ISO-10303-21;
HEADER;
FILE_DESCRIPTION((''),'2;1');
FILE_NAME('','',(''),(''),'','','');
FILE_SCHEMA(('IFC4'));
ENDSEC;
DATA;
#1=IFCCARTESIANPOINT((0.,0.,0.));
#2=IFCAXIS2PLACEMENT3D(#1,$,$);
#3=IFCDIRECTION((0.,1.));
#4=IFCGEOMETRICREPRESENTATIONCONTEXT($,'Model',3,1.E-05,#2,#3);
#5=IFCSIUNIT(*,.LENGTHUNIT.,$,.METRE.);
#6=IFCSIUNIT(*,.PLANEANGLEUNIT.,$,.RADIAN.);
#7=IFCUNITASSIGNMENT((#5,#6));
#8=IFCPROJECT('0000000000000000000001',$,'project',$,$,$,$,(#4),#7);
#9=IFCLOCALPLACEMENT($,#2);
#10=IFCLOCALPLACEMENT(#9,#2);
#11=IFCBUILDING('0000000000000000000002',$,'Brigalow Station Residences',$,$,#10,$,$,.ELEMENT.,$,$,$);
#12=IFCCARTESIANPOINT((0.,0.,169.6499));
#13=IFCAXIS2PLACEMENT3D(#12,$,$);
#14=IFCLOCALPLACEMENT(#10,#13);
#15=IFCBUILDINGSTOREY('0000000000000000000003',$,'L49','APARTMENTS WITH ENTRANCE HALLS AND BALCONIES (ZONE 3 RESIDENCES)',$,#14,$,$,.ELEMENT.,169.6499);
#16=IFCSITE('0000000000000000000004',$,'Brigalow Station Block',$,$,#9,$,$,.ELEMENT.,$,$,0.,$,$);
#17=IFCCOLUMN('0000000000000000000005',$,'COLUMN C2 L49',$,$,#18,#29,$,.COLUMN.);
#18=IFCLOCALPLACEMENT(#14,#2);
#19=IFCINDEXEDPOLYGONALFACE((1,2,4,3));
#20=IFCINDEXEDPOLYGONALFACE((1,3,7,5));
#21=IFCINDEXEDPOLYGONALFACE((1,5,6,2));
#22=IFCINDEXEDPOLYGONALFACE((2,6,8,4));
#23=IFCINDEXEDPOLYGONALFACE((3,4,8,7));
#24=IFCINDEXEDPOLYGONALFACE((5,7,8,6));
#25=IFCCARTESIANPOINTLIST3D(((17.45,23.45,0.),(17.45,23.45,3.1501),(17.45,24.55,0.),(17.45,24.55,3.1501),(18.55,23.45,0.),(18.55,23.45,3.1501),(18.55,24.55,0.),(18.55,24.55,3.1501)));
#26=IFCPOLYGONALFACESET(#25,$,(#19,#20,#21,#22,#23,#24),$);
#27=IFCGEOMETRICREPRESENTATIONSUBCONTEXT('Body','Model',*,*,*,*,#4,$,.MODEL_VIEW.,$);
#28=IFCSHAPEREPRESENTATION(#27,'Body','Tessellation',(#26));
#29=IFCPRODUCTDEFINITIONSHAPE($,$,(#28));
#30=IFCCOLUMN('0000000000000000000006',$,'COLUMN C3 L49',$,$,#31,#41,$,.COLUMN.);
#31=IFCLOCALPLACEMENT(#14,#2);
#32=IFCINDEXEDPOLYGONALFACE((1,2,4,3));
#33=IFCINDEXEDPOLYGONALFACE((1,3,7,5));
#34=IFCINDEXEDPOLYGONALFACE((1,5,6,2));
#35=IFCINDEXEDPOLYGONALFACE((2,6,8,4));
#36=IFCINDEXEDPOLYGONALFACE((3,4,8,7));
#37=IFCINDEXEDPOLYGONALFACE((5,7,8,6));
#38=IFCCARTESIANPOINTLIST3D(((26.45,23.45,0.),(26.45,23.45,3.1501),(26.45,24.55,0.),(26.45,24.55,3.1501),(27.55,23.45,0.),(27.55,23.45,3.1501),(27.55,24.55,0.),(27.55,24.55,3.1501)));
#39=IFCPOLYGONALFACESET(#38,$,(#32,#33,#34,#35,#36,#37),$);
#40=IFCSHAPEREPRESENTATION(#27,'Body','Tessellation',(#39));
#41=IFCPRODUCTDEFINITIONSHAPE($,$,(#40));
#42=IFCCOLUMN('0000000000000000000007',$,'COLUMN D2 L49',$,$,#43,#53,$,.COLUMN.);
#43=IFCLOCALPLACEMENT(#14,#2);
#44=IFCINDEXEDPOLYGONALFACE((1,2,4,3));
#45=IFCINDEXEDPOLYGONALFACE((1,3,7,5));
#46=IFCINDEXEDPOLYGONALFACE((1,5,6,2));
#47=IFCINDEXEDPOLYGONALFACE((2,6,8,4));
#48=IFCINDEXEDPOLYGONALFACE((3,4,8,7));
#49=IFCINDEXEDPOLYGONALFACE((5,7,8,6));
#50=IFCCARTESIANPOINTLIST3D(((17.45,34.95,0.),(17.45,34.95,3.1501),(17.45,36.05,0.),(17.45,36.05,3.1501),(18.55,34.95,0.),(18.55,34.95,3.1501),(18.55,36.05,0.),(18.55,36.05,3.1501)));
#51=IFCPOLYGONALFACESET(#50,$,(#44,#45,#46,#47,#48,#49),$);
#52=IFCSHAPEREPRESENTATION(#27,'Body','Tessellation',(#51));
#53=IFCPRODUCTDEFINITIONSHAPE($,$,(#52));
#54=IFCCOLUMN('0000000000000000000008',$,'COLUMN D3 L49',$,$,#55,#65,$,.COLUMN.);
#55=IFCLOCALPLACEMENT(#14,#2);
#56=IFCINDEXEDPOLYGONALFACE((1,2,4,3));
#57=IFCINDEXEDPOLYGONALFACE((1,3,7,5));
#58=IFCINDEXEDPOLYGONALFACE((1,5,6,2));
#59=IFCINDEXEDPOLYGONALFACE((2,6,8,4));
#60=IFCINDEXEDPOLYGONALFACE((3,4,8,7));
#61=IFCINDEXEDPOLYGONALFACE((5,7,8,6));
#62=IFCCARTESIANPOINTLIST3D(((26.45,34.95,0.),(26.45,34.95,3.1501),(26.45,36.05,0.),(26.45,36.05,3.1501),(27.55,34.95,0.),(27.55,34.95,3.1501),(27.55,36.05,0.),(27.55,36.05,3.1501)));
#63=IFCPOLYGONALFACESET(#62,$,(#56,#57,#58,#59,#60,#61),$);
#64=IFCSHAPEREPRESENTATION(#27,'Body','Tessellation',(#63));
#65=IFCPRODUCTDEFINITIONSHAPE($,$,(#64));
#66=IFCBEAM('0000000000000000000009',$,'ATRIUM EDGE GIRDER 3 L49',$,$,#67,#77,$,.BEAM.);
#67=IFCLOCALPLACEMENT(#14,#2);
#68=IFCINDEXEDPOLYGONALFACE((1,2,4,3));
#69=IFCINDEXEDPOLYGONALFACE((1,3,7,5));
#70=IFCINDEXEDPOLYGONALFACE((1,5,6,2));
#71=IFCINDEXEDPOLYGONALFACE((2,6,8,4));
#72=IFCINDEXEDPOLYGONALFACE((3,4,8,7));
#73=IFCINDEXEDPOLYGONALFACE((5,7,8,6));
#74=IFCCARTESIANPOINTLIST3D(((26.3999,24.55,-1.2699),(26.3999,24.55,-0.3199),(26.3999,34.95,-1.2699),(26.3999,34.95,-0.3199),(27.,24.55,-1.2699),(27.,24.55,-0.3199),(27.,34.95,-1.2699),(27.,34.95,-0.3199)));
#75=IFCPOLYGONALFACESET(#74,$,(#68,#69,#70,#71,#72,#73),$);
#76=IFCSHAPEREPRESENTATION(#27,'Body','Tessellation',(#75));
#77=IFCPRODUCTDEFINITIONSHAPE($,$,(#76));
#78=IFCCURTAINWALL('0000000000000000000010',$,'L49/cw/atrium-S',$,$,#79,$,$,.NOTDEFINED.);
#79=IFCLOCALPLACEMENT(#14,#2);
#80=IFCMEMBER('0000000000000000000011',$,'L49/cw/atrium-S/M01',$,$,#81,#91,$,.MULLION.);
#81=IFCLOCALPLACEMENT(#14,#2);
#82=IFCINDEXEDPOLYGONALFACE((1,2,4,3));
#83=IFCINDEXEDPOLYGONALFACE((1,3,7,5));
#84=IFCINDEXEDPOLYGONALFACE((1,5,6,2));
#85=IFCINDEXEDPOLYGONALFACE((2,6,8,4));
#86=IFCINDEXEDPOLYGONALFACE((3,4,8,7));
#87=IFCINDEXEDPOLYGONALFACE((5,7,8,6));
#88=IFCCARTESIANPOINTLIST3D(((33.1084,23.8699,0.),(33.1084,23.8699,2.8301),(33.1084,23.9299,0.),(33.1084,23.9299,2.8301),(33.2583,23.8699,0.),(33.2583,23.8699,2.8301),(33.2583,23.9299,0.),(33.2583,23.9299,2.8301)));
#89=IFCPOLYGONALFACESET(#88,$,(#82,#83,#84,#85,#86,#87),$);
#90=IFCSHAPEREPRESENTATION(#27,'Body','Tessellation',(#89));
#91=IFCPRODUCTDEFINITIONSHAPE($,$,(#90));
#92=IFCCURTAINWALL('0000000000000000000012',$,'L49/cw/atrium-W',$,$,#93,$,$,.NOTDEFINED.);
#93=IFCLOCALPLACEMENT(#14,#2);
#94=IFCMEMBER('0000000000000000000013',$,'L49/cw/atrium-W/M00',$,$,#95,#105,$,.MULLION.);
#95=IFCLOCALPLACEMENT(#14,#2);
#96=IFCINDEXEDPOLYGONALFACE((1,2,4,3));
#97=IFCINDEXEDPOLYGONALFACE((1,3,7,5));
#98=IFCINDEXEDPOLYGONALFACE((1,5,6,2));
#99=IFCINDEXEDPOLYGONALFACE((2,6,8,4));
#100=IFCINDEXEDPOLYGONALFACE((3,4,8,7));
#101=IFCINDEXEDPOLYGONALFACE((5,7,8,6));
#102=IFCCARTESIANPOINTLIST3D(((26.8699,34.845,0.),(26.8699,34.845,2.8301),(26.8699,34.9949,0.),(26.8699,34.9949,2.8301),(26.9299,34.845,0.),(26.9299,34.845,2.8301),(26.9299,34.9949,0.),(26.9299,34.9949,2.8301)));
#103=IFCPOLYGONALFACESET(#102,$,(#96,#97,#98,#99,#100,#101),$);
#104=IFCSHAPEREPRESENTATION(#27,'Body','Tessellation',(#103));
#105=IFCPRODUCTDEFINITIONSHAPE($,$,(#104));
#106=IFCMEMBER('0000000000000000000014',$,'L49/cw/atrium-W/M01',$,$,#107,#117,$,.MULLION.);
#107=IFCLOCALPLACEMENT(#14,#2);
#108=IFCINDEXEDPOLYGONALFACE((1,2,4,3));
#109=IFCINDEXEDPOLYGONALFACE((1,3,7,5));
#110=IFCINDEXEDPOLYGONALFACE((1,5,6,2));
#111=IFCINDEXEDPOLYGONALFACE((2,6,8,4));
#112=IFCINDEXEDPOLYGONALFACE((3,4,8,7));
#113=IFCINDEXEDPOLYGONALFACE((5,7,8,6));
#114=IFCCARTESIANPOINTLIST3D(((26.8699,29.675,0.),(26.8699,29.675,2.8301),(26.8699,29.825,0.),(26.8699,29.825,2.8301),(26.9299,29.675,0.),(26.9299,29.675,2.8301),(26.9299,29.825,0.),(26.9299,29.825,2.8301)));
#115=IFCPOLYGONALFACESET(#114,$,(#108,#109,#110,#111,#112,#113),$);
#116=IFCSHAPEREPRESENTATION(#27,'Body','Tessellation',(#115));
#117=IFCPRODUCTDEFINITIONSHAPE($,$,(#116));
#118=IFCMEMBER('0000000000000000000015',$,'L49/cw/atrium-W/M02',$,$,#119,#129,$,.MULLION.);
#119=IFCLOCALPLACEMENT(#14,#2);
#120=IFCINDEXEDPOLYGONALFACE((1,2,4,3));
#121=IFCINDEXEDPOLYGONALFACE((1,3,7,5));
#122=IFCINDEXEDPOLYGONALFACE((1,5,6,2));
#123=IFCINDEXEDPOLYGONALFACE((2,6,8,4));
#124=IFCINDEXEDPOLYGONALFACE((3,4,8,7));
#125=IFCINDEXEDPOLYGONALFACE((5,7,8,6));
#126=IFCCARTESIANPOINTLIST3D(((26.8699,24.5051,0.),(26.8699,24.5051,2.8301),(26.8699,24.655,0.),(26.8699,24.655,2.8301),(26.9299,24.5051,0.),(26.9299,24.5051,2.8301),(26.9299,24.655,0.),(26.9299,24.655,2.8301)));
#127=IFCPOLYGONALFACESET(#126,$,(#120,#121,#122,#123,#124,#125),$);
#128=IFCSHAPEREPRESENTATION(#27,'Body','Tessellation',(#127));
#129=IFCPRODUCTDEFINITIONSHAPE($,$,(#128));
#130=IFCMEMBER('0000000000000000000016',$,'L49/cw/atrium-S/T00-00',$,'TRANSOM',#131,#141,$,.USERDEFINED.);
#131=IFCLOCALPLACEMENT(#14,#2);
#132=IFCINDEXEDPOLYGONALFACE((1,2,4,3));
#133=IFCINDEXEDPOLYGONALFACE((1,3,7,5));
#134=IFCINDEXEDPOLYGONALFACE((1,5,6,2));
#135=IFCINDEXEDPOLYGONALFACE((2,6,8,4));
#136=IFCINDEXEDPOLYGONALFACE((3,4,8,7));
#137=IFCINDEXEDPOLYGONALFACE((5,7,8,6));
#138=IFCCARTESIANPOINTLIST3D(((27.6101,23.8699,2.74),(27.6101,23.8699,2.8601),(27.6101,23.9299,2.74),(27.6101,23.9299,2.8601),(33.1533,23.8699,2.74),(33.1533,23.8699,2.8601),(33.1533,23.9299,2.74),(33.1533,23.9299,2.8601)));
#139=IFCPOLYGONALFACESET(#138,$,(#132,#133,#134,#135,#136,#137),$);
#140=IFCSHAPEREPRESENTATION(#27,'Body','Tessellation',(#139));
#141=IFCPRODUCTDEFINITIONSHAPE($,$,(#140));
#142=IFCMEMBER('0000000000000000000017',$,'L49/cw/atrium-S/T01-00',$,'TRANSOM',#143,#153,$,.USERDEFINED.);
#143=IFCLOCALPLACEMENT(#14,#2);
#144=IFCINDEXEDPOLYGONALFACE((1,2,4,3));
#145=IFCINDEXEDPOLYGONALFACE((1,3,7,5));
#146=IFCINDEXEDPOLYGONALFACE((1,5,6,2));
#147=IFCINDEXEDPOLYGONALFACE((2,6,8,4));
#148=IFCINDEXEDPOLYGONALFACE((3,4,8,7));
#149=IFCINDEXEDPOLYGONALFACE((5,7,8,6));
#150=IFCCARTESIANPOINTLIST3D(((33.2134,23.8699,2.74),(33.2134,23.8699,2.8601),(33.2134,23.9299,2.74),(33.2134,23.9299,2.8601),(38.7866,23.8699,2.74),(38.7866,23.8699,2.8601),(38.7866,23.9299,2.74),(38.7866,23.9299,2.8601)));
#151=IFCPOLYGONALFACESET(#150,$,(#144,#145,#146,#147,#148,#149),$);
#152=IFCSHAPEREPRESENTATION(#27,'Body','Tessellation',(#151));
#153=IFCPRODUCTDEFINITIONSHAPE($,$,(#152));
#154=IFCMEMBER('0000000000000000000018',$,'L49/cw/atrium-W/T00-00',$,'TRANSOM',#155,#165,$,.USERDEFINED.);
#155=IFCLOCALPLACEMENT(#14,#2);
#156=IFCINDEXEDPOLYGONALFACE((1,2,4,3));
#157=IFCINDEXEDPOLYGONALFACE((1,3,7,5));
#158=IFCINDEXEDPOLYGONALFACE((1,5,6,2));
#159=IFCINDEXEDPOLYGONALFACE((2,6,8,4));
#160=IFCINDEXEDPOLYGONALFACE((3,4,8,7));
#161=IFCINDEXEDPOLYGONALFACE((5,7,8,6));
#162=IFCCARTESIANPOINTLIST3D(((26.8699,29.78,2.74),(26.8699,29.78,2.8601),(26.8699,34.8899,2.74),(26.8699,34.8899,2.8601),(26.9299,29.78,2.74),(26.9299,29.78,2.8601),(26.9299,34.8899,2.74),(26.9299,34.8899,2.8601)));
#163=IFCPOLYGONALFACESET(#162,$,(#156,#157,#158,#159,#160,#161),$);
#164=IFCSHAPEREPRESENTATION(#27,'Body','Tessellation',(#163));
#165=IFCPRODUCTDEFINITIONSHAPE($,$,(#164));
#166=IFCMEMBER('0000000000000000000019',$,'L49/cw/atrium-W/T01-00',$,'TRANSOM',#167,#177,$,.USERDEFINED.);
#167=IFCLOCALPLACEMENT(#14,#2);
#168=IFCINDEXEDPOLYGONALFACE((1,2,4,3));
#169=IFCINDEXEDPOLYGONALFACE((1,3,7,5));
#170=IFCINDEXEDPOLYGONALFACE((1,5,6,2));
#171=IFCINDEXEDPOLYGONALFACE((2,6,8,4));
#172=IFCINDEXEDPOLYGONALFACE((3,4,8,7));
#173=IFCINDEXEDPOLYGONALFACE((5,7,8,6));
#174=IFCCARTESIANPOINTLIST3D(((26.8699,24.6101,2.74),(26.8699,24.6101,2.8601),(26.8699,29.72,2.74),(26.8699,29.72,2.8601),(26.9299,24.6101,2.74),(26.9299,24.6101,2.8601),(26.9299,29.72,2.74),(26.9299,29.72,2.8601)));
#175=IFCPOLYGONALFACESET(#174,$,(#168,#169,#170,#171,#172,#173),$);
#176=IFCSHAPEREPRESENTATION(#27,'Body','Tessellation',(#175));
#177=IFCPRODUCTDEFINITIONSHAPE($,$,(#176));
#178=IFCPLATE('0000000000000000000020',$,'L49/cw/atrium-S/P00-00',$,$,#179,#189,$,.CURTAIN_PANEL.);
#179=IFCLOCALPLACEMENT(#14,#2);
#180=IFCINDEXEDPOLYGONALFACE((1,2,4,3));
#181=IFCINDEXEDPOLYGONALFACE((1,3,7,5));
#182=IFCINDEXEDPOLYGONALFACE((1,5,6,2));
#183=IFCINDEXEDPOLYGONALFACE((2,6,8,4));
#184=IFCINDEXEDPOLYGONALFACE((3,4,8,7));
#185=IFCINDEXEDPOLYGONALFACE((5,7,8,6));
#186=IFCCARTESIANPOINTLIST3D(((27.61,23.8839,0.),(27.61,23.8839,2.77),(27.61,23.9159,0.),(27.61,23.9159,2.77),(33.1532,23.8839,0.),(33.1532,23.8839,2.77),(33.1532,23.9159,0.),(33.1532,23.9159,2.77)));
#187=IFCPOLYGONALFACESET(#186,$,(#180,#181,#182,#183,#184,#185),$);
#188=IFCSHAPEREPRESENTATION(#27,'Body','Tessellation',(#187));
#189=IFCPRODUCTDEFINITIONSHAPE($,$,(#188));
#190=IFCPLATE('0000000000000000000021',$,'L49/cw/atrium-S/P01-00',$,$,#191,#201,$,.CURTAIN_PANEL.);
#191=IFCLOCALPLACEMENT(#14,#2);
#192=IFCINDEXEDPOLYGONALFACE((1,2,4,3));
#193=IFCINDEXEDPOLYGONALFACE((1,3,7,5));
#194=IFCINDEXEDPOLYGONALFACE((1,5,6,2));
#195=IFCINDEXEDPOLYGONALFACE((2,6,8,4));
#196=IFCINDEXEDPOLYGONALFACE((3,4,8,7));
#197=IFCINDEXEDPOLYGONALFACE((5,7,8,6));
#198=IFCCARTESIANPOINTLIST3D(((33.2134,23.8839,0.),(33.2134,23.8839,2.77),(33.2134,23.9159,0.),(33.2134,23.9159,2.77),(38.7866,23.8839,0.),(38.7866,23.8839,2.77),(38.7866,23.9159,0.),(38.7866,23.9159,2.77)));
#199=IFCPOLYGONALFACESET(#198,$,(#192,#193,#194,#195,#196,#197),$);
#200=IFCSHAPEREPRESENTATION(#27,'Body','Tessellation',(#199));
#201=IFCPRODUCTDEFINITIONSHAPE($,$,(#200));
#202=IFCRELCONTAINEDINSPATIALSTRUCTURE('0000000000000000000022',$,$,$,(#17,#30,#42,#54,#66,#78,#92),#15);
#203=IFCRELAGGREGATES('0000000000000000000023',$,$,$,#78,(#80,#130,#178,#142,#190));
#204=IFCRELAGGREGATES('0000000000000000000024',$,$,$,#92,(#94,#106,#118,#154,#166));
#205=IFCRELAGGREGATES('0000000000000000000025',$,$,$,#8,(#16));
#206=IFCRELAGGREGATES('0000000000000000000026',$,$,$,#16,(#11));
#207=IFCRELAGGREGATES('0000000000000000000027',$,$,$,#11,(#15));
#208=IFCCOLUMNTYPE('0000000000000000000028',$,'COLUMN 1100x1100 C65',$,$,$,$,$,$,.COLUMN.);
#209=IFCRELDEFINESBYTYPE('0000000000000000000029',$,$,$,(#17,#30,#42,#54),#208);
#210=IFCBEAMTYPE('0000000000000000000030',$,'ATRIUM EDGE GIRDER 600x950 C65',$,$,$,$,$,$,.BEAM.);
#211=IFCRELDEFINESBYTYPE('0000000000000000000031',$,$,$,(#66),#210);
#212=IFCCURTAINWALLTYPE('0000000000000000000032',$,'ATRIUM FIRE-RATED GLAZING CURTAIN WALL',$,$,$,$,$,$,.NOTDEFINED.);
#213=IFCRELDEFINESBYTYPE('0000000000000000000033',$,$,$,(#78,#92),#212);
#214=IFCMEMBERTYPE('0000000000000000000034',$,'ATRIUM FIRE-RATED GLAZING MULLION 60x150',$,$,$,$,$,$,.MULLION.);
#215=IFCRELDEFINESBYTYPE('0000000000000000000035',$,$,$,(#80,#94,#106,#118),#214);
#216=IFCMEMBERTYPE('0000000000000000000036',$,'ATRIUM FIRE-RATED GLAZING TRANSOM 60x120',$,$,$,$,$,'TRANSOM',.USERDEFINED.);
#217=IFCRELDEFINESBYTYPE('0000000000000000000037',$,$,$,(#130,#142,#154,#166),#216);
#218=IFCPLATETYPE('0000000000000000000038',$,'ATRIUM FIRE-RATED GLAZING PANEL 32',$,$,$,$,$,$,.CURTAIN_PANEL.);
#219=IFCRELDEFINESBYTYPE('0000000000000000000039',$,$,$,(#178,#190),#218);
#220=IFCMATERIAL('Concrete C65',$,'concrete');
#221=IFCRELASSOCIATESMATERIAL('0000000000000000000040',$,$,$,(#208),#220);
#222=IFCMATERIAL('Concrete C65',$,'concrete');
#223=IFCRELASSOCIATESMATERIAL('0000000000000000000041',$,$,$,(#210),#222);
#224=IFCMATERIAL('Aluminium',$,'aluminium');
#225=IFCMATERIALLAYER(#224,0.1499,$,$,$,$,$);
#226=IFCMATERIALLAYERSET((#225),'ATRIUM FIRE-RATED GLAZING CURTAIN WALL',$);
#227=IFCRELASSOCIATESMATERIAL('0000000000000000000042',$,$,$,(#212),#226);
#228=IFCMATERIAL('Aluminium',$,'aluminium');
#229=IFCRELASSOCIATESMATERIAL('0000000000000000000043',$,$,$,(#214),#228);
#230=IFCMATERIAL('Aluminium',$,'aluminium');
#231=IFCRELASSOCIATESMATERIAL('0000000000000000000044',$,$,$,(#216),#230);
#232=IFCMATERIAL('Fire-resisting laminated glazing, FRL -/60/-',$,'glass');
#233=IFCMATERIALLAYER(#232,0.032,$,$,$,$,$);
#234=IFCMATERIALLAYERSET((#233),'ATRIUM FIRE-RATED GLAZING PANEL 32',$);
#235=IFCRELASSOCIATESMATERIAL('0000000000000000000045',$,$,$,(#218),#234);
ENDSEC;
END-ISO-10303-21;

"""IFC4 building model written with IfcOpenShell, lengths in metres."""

from ifc_helpers import new_model, si_unit, direction, frame, origin, origin_2d, place, context, subcontext, project, spatial, rectangle, extrude, material, layer, layer_set, material_profile, profile_set, type_object, element, aggregate, save


model = new_model("IFC4")

# Units and contexts
model_context = context("Model", 3, precision=1e-05, world=origin(), true_north=direction((0.0, 1.0)))
body_context = subcontext(model_context, "Body", "Model", "MODEL_VIEW")
ifc_project = project(units=[si_unit("LENGTHUNIT", "METRE"), si_unit("PLANEANGLEUNIT", "RADIAN")], contexts=[model_context])

# Site, building, storey
site_placement = place(None, origin())
site = spatial("IfcSite", under=ifc_project, at=site_placement, Name="Brigalow Station Block", CompositionType="ELEMENT", RefElevation=0.0)
building_placement = place(site_placement, origin())
building = spatial("IfcBuilding", under=site, at=building_placement, Name="Brigalow Station Residences", CompositionType="ELEMENT")
storey_placement = place(building_placement, frame((0.0, 0.0, 169.6499)))
storey = spatial("IfcBuildingStorey", under=building, at=storey_placement, Name="L49", Description="APARTMENTS WITH ENTRANCE HALLS AND BALCONIES (ZONE 3 RESIDENCES)", CompositionType="ELEMENT", Elevation=169.6499)

# Columns
ifc_material_1 = material(Name="Concrete C65", Category="concrete")
ifc_material_profile_1 = material_profile(ifc_material_1, rectangle(XDim=1.1001, YDim=1.1001, at=origin_2d()), Name="RC1100x1100")
ifc_profile_set_1 = profile_set([ifc_material_profile_1], Name="Concrete C65")
column_type = type_object("IfcColumnType", Name="COLUMN 1100x1100 C65", PredefinedType="COLUMN", material=ifc_profile_set_1)
for number, where, z_axis, x_axis, name in (
    (1, (18.0, 24.0, 0.0), (0.0, 0.0, 1.0), (1.0, 0.0, 0.0), "COLUMN C2 L49"),
    (2, (27.0, 24.0, 0.0), (0.0, 0.0, 1.0), (1.0, 0.0, 0.0), "COLUMN C3 L49"),
    (3, (18.0, 35.5, 0.0), (0.0, 0.0, 1.0), (1.0, 0.0, 0.0), "COLUMN D2 L49"),
    (4, (27.0, 35.5, 0.0), (0.0, 0.0, 1.0), (1.0, 0.0, 0.0), "COLUMN D3 L49"),
):
    element("IfcColumn", number, at=place(storey_placement, frame(where, z_axis=z_axis, x_axis=x_axis)), inside=storey, type_object=column_type, Name=name, PredefinedType="COLUMN", context=body_context, shape_type="SweptSolid", body=[
        extrude(rectangle(XDim=1.1001, YDim=1.1001, at=origin_2d()), origin(), (0.0, 0.0, 1.0), 3.1501),
    ])

# Beam
ifc_material_2 = material(Name="Concrete C65", Category="concrete")
ifc_material_profile_2 = material_profile(ifc_material_2, rectangle(XDim=0.6001, YDim=0.95, at=origin_2d()), Name="RC600x950")
ifc_profile_set_2 = profile_set([ifc_material_profile_2], Name="Concrete C65")
beam_type = type_object("IfcBeamType", Name="ATRIUM EDGE GIRDER 600x950 C65", PredefinedType="BEAM", material=ifc_profile_set_2)
beam_placement = place(storey_placement, frame((26.7, 24.55, -0.7949), z_axis=(0.0, 1.0, 0.0), x_axis=(-1.0, 0.0, 0.0)))
element("IfcBeam", 5, at=beam_placement, inside=storey, type_object=beam_type, Name="ATRIUM EDGE GIRDER 3 L49", PredefinedType="BEAM", context=body_context, shape_type="SweptSolid", body=[
    extrude(rectangle(XDim=0.6001, YDim=0.95, at=origin_2d()), origin(), (0.0, 0.0, 1.0), 10.3999),
])

# Curtain wall, member
ifc_material_3 = material(Name="Aluminium", Category="aluminium")
ifc_layer_1 = layer(ifc_material_3, 0.1499)
ifc_layer_set_1 = layer_set([ifc_layer_1], Name="ATRIUM FIRE-RATED GLAZING CURTAIN WALL")
curtain_wall_type = type_object("IfcCurtainWallType", Name="ATRIUM FIRE-RATED GLAZING CURTAIN WALL", PredefinedType="NOTDEFINED", material=ifc_layer_set_1)
curtain_wall_1_placement = place(storey_placement, origin())
curtain_wall_1 = element("IfcCurtainWall", 6, at=curtain_wall_1_placement, inside=storey, type_object=curtain_wall_type, Name="L49/cw/atrium-S", PredefinedType="NOTDEFINED")
ifc_material_4 = material(Name="Aluminium", Category="aluminium")
ifc_material_profile_3 = material_profile(ifc_material_4, rectangle(XDim=0.0601, YDim=0.1499, at=origin_2d()), Name="ATRIUM FIRE-RATED GLAZING MULLION 60x150")
ifc_profile_set_3 = profile_set([ifc_material_profile_3], Name="Aluminium")
member_type_1 = type_object("IfcMemberType", Name="ATRIUM FIRE-RATED GLAZING MULLION 60x150", PredefinedType="MULLION", material=ifc_profile_set_3)
member_1_placement = place(storey_placement, frame((33.1833, 23.8999, 0.0), z_axis=(0.0, 0.0, 1.0), x_axis=(0.0, 1.0, 0.0)))
member_1 = element("IfcMember", 7, at=member_1_placement, type_object=member_type_1, Name="L49/cw/atrium-S/M01", PredefinedType="MULLION", context=body_context, shape_type="SweptSolid", body=[
    extrude(rectangle(XDim=0.0601, YDim=0.1499, at=origin_2d()), origin(), (0.0, 0.0, 1.0), 2.8301),
])

# Curtain wall, members
curtain_wall_2_placement = place(storey_placement, origin())
curtain_wall_2 = element("IfcCurtainWall", 8, at=curtain_wall_2_placement, inside=storey, type_object=curtain_wall_type, Name="L49/cw/atrium-W", PredefinedType="NOTDEFINED")
member_2_placement = place(storey_placement, frame((26.8999, 34.9199, 0.0), z_axis=(0.0, 0.0, 1.0), x_axis=(1.0, 0.0, 0.0)))
member_2 = element("IfcMember", 9, at=member_2_placement, type_object=member_type_1, Name="L49/cw/atrium-W/M00", PredefinedType="MULLION", context=body_context, shape_type="SweptSolid", body=[
    extrude(rectangle(XDim=0.0601, YDim=0.1499, at=origin_2d()), origin(), (0.0, 0.0, 1.0), 2.8301),
])
member_3_placement = place(storey_placement, frame((26.8999, 29.75, 0.0), z_axis=(0.0, 0.0, 1.0), x_axis=(1.0, 0.0, 0.0)))
member_3 = element("IfcMember", 10, at=member_3_placement, type_object=member_type_1, Name="L49/cw/atrium-W/M01", PredefinedType="MULLION", context=body_context, shape_type="SweptSolid", body=[
    extrude(rectangle(XDim=0.0601, YDim=0.1499, at=origin_2d()), origin(), (0.0, 0.0, 1.0), 2.8301),
])
member_4_placement = place(storey_placement, frame((26.8999, 24.5801, 0.0), z_axis=(0.0, 0.0, 1.0), x_axis=(1.0, 0.0, 0.0)))
member_4 = element("IfcMember", 11, at=member_4_placement, type_object=member_type_1, Name="L49/cw/atrium-W/M02", PredefinedType="MULLION", context=body_context, shape_type="SweptSolid", body=[
    extrude(rectangle(XDim=0.0601, YDim=0.1499, at=origin_2d()), origin(), (0.0, 0.0, 1.0), 2.8301),
])

# Members
ifc_material_5 = material(Name="Aluminium", Category="aluminium")
ifc_material_profile_4 = material_profile(ifc_material_5, rectangle(XDim=0.0601, YDim=0.1201, at=origin_2d()), Name="ATRIUM FIRE-RATED GLAZING TRANSOM 60x120")
ifc_profile_set_4 = profile_set([ifc_material_profile_4], Name="Aluminium")
member_type_2 = type_object("IfcMemberType", Name="ATRIUM FIRE-RATED GLAZING TRANSOM 60x120", ElementType="TRANSOM", PredefinedType="USERDEFINED", material=ifc_profile_set_4)
member_5_placement = place(storey_placement, frame((27.6101, 23.8999, 2.8), z_axis=(1.0, 0.0, 0.0), x_axis=(0.0, 1.0, 0.0)))
member_5 = element("IfcMember", 12, at=member_5_placement, type_object=member_type_2, Name="L49/cw/atrium-S/T00-00", ObjectType="TRANSOM", PredefinedType="USERDEFINED", context=body_context, shape_type="SweptSolid", body=[
    extrude(rectangle(XDim=0.0601, YDim=0.1201, at=origin_2d()), origin(), (0.0, 0.0, 1.0), 5.5432),
])
member_6_placement = place(storey_placement, frame((33.2134, 23.8999, 2.8), z_axis=(1.0, 0.0, 0.0), x_axis=(0.0, 1.0, 0.0)))
member_6 = element("IfcMember", 13, at=member_6_placement, type_object=member_type_2, Name="L49/cw/atrium-S/T01-00", ObjectType="TRANSOM", PredefinedType="USERDEFINED", context=body_context, shape_type="SweptSolid", body=[
    extrude(rectangle(XDim=0.0601, YDim=0.1201, at=origin_2d()), origin(), (0.0, 0.0, 1.0), 5.5732),
])
member_7_placement = place(storey_placement, frame((26.8999, 34.8899, 2.8), z_axis=(0.0, -1.0, 0.0), x_axis=(1.0, 0.0, 0.0)))
member_7 = element("IfcMember", 14, at=member_7_placement, type_object=member_type_2, Name="L49/cw/atrium-W/T00-00", ObjectType="TRANSOM", PredefinedType="USERDEFINED", context=body_context, shape_type="SweptSolid", body=[
    extrude(rectangle(XDim=0.0601, YDim=0.1201, at=origin_2d()), origin(), (0.0, 0.0, 1.0), 5.1099),
])
member_8_placement = place(storey_placement, frame((26.8999, 29.72, 2.8), z_axis=(0.0, -1.0, 0.0), x_axis=(1.0, 0.0, 0.0)))
member_8 = element("IfcMember", 15, at=member_8_placement, type_object=member_type_2, Name="L49/cw/atrium-W/T01-00", ObjectType="TRANSOM", PredefinedType="USERDEFINED", context=body_context, shape_type="SweptSolid", body=[
    extrude(rectangle(XDim=0.0601, YDim=0.1201, at=origin_2d()), origin(), (0.0, 0.0, 1.0), 5.1099),
])

# Plates
ifc_material_6 = material(Name="Fire-resisting laminated glazing, FRL -/60/-", Category="glass")
ifc_layer_2 = layer(ifc_material_6, 0.032)
ifc_layer_set_2 = layer_set([ifc_layer_2], Name="ATRIUM FIRE-RATED GLAZING PANEL 32")
plate_type = type_object("IfcPlateType", Name="ATRIUM FIRE-RATED GLAZING PANEL 32", PredefinedType="CURTAIN_PANEL", material=ifc_layer_set_2)
plate_1_placement = place(storey_placement, frame((30.3816, 23.8999, 0.0), z_axis=(0.0, 0.0, 1.0), x_axis=(1.0, 0.0, 0.0)))
plate_1 = element("IfcPlate", 16, at=plate_1_placement, type_object=plate_type, Name="L49/cw/atrium-S/P00-00", PredefinedType="CURTAIN_PANEL", context=body_context, shape_type="SweptSolid", body=[
    extrude(rectangle(XDim=5.5432, YDim=0.032, at=origin_2d()), origin(), (0.0, 0.0, 1.0), 2.77),
])
plate_2_placement = place(storey_placement, frame((36.0, 23.8999, 0.0), z_axis=(0.0, 0.0, 1.0), x_axis=(1.0, 0.0, 0.0)))
plate_2 = element("IfcPlate", 17, at=plate_2_placement, type_object=plate_type, Name="L49/cw/atrium-S/P01-00", PredefinedType="CURTAIN_PANEL", context=body_context, shape_type="SweptSolid", body=[
    extrude(rectangle(XDim=5.5732, YDim=0.032, at=origin_2d()), origin(), (0.0, 0.0, 1.0), 2.77),
])
aggregate(curtain_wall_1, [member_1, member_5, plate_1, member_6, plate_2])
aggregate(curtain_wall_2, [member_2, member_3, member_4, member_7, member_8])

save(model, "model.ifc")
